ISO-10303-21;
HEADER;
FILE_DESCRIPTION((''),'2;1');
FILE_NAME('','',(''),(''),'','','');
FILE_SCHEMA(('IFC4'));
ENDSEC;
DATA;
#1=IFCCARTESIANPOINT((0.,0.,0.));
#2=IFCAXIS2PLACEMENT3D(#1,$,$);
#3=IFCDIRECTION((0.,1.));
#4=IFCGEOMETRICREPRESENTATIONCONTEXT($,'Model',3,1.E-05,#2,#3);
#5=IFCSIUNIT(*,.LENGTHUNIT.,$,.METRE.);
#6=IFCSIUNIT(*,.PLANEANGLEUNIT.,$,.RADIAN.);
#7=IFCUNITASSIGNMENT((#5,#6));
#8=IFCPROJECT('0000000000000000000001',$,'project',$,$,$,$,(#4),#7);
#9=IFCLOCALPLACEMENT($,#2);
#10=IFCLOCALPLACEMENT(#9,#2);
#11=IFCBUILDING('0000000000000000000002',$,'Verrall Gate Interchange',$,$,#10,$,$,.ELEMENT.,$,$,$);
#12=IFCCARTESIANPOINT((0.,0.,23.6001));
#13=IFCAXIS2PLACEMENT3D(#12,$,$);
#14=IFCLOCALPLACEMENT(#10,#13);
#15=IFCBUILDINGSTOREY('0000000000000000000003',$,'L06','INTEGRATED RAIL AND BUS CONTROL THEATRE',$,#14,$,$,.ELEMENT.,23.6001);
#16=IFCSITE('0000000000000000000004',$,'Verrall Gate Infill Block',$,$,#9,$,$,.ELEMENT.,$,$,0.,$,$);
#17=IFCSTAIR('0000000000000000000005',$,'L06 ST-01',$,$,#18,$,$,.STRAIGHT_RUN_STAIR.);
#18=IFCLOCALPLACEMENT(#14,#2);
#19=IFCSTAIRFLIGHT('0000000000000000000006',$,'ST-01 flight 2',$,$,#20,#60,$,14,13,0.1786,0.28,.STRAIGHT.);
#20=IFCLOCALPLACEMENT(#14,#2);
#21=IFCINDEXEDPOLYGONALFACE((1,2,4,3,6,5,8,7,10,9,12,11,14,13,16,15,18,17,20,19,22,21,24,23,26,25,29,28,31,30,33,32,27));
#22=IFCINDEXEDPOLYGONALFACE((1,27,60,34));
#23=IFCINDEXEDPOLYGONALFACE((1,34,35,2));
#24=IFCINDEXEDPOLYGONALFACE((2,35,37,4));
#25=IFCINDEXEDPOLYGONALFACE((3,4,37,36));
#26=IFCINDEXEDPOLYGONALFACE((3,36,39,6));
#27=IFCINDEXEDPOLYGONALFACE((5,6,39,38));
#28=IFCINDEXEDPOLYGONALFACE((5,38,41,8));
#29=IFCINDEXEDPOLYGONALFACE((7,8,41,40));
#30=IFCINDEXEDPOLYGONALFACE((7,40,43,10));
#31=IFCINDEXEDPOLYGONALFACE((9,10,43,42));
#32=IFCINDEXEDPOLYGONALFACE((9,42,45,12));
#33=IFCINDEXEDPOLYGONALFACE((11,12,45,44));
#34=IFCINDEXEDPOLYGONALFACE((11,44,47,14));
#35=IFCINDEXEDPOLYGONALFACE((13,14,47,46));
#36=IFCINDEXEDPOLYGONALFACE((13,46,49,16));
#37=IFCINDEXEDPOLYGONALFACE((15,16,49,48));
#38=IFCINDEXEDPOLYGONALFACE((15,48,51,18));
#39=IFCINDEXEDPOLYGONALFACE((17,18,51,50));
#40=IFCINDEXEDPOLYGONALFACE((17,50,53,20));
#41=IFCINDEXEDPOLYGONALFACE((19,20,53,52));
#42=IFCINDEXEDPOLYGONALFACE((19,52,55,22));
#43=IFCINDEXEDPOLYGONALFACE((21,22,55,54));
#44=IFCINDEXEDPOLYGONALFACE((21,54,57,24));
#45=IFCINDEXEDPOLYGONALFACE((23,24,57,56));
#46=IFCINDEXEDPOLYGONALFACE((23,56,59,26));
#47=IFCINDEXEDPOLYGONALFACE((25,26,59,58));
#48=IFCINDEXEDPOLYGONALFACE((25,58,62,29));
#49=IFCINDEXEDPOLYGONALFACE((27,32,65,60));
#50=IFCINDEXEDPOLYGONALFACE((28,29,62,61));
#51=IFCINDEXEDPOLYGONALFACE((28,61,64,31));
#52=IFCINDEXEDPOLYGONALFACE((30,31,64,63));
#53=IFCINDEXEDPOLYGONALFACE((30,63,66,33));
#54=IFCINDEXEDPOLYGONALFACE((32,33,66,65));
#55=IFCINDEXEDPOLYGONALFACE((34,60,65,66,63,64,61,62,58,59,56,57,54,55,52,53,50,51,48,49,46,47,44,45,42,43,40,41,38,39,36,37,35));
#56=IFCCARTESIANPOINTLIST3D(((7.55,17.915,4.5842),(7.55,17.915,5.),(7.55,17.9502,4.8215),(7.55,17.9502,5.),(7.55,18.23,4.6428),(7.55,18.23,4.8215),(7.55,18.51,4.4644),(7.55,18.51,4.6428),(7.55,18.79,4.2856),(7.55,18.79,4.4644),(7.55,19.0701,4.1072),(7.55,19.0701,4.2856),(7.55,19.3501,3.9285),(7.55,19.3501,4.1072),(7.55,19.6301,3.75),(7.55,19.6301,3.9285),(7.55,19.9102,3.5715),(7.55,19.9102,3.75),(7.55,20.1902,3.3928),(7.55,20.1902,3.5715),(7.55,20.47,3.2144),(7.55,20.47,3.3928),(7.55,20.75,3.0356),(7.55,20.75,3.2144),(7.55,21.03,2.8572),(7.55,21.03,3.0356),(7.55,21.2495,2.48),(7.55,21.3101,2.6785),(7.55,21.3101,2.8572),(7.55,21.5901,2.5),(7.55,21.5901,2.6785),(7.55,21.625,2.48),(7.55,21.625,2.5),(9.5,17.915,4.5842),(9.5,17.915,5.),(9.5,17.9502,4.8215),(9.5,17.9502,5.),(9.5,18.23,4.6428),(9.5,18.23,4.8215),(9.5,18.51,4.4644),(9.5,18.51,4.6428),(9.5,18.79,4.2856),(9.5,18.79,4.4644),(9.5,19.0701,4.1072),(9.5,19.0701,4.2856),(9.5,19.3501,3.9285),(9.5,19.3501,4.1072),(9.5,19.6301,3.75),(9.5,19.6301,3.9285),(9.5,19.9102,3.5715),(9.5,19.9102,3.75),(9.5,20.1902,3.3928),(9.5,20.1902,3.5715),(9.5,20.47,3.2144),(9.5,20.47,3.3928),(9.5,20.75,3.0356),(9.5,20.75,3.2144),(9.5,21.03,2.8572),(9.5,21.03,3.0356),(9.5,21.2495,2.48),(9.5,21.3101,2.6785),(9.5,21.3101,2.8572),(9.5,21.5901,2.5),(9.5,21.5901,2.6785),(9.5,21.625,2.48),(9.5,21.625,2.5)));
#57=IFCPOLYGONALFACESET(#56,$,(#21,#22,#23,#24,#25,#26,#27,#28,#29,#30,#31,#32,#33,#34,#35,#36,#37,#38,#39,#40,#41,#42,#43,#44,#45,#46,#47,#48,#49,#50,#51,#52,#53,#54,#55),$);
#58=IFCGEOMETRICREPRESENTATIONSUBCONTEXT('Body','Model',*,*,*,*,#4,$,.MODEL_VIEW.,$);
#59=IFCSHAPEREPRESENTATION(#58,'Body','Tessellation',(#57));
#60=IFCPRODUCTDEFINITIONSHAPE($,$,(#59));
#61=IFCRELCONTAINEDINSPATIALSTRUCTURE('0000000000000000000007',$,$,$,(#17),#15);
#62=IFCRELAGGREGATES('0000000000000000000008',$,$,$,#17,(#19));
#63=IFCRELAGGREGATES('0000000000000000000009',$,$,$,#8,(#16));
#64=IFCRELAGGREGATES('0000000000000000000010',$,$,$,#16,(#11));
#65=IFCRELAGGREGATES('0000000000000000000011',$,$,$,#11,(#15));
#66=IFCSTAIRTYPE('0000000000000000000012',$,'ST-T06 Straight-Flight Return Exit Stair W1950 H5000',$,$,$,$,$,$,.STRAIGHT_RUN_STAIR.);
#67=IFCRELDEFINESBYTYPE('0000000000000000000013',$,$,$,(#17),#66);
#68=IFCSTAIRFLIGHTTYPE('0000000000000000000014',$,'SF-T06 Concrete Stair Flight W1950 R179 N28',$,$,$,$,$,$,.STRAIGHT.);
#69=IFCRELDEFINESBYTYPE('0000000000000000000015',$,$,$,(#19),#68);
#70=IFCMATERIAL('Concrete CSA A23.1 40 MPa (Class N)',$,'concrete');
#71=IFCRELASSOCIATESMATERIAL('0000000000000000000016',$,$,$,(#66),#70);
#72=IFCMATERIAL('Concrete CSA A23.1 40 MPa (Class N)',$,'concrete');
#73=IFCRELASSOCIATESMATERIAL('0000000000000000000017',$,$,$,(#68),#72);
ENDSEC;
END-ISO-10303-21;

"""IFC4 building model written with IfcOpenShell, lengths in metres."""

from ifc_helpers import new_model, si_unit, direction, frame, origin, place, context, subcontext, project, spatial, polyline, outline, extrude, material, type_object, element, aggregate, save


model = new_model("IFC4")

# Units and contexts
model_context = context("Model", 3, precision=1e-05, world=origin(), true_north=direction((0.0, 1.0)))
body_context = subcontext(model_context, "Body", "Model", "MODEL_VIEW")
ifc_project = project(units=[si_unit("LENGTHUNIT", "METRE"), si_unit("PLANEANGLEUNIT", "RADIAN")], contexts=[model_context])

# Site, building, storey
site_placement = place(None, origin())
site = spatial("IfcSite", under=ifc_project, at=site_placement, Name="Verrall Gate Infill Block", CompositionType="ELEMENT", RefElevation=0.0)
building_placement = place(site_placement, origin())
building = spatial("IfcBuilding", under=site, at=building_placement, Name="Verrall Gate Interchange", CompositionType="ELEMENT")
storey_placement = place(building_placement, frame((0.0, 0.0, 23.6001)))
storey = spatial("IfcBuildingStorey", under=building, at=storey_placement, Name="L06", Description="INTEGRATED RAIL AND BUS CONTROL THEATRE", CompositionType="ELEMENT", Elevation=23.6001)

# Stair, stair flight
ifc_material_1 = material(Name="Concrete CSA A23.1 40 MPa (Class N)", Category="concrete")
stair_type = type_object("IfcStairType", Name="ST-T06 Straight-Flight Return Exit Stair W1950 H5000", PredefinedType="STRAIGHT_RUN_STAIR", material=ifc_material_1)
stair_placement = place(storey_placement, origin())
stair = element("IfcStair", 1, at=stair_placement, inside=storey, type_object=stair_type, Name="L06 ST-01", PredefinedType="STRAIGHT_RUN_STAIR")
ifc_material_2 = material(Name="Concrete CSA A23.1 40 MPa (Class N)", Category="concrete")
stair_flight_type = type_object("IfcStairFlightType", Name="SF-T06 Concrete Stair Flight W1950 R179 N28", PredefinedType="STRAIGHT", material=ifc_material_2)
stair_flight_1_placement = place(storey_placement, frame((8.5249, 21.5901, 2.5), z_axis=(0.0, 0.0, 1.0), x_axis=(0.0, -1.0, 0.0)))
stair_flight_1 = element("IfcStairFlight", 2, at=stair_flight_1_placement, type_object=stair_flight_type, Name="ST-01 flight 2", NumberOfRisers=14, NumberOfTreads=13, PredefinedType="STRAIGHT", RiserHeight=0.1786, TreadLength=0.28, context=body_context, shape_type="SweptSolid", body=[
    extrude(outline(polyline([(-0.0349, -0.02), (-0.0349, 0.0), (0.0, 0.0), (0.0, 0.1785), (0.28, 0.1785), (0.28, 0.3572), (0.5601, 0.3572), (0.5601, 0.5356), (0.8401, 0.5356), (0.8401, 0.7144), (1.1201, 0.7144), (1.1201, 0.8928), (1.3999, 0.8928), (1.3999, 1.0715), (1.6799, 1.0715), (1.6799, 1.25), (1.96, 1.25), (1.96, 1.4285), (2.24, 1.4285), (2.24, 1.6072), (2.52, 1.6072), (2.52, 1.7856), (2.8, 1.7856), (2.8, 1.9644), (3.0801, 1.9644), (3.0801, 2.1428), (3.3601, 2.1428), (3.3601, 2.3215), (3.6399, 2.3215), (3.6399, 2.5), (3.675, 2.5), (3.675, 2.0842), (0.3406, -0.02), (-0.0349, -0.02)])), frame((0.0, 0.9751, 0.0), z_axis=(0.0, -1.0, 0.0), x_axis=(1.0, 0.0, 0.0)), (0.0, 0.0, 1.0), 1.95),
])
aggregate(stair, [stair_flight_1])

save(model, "model.ifc")
